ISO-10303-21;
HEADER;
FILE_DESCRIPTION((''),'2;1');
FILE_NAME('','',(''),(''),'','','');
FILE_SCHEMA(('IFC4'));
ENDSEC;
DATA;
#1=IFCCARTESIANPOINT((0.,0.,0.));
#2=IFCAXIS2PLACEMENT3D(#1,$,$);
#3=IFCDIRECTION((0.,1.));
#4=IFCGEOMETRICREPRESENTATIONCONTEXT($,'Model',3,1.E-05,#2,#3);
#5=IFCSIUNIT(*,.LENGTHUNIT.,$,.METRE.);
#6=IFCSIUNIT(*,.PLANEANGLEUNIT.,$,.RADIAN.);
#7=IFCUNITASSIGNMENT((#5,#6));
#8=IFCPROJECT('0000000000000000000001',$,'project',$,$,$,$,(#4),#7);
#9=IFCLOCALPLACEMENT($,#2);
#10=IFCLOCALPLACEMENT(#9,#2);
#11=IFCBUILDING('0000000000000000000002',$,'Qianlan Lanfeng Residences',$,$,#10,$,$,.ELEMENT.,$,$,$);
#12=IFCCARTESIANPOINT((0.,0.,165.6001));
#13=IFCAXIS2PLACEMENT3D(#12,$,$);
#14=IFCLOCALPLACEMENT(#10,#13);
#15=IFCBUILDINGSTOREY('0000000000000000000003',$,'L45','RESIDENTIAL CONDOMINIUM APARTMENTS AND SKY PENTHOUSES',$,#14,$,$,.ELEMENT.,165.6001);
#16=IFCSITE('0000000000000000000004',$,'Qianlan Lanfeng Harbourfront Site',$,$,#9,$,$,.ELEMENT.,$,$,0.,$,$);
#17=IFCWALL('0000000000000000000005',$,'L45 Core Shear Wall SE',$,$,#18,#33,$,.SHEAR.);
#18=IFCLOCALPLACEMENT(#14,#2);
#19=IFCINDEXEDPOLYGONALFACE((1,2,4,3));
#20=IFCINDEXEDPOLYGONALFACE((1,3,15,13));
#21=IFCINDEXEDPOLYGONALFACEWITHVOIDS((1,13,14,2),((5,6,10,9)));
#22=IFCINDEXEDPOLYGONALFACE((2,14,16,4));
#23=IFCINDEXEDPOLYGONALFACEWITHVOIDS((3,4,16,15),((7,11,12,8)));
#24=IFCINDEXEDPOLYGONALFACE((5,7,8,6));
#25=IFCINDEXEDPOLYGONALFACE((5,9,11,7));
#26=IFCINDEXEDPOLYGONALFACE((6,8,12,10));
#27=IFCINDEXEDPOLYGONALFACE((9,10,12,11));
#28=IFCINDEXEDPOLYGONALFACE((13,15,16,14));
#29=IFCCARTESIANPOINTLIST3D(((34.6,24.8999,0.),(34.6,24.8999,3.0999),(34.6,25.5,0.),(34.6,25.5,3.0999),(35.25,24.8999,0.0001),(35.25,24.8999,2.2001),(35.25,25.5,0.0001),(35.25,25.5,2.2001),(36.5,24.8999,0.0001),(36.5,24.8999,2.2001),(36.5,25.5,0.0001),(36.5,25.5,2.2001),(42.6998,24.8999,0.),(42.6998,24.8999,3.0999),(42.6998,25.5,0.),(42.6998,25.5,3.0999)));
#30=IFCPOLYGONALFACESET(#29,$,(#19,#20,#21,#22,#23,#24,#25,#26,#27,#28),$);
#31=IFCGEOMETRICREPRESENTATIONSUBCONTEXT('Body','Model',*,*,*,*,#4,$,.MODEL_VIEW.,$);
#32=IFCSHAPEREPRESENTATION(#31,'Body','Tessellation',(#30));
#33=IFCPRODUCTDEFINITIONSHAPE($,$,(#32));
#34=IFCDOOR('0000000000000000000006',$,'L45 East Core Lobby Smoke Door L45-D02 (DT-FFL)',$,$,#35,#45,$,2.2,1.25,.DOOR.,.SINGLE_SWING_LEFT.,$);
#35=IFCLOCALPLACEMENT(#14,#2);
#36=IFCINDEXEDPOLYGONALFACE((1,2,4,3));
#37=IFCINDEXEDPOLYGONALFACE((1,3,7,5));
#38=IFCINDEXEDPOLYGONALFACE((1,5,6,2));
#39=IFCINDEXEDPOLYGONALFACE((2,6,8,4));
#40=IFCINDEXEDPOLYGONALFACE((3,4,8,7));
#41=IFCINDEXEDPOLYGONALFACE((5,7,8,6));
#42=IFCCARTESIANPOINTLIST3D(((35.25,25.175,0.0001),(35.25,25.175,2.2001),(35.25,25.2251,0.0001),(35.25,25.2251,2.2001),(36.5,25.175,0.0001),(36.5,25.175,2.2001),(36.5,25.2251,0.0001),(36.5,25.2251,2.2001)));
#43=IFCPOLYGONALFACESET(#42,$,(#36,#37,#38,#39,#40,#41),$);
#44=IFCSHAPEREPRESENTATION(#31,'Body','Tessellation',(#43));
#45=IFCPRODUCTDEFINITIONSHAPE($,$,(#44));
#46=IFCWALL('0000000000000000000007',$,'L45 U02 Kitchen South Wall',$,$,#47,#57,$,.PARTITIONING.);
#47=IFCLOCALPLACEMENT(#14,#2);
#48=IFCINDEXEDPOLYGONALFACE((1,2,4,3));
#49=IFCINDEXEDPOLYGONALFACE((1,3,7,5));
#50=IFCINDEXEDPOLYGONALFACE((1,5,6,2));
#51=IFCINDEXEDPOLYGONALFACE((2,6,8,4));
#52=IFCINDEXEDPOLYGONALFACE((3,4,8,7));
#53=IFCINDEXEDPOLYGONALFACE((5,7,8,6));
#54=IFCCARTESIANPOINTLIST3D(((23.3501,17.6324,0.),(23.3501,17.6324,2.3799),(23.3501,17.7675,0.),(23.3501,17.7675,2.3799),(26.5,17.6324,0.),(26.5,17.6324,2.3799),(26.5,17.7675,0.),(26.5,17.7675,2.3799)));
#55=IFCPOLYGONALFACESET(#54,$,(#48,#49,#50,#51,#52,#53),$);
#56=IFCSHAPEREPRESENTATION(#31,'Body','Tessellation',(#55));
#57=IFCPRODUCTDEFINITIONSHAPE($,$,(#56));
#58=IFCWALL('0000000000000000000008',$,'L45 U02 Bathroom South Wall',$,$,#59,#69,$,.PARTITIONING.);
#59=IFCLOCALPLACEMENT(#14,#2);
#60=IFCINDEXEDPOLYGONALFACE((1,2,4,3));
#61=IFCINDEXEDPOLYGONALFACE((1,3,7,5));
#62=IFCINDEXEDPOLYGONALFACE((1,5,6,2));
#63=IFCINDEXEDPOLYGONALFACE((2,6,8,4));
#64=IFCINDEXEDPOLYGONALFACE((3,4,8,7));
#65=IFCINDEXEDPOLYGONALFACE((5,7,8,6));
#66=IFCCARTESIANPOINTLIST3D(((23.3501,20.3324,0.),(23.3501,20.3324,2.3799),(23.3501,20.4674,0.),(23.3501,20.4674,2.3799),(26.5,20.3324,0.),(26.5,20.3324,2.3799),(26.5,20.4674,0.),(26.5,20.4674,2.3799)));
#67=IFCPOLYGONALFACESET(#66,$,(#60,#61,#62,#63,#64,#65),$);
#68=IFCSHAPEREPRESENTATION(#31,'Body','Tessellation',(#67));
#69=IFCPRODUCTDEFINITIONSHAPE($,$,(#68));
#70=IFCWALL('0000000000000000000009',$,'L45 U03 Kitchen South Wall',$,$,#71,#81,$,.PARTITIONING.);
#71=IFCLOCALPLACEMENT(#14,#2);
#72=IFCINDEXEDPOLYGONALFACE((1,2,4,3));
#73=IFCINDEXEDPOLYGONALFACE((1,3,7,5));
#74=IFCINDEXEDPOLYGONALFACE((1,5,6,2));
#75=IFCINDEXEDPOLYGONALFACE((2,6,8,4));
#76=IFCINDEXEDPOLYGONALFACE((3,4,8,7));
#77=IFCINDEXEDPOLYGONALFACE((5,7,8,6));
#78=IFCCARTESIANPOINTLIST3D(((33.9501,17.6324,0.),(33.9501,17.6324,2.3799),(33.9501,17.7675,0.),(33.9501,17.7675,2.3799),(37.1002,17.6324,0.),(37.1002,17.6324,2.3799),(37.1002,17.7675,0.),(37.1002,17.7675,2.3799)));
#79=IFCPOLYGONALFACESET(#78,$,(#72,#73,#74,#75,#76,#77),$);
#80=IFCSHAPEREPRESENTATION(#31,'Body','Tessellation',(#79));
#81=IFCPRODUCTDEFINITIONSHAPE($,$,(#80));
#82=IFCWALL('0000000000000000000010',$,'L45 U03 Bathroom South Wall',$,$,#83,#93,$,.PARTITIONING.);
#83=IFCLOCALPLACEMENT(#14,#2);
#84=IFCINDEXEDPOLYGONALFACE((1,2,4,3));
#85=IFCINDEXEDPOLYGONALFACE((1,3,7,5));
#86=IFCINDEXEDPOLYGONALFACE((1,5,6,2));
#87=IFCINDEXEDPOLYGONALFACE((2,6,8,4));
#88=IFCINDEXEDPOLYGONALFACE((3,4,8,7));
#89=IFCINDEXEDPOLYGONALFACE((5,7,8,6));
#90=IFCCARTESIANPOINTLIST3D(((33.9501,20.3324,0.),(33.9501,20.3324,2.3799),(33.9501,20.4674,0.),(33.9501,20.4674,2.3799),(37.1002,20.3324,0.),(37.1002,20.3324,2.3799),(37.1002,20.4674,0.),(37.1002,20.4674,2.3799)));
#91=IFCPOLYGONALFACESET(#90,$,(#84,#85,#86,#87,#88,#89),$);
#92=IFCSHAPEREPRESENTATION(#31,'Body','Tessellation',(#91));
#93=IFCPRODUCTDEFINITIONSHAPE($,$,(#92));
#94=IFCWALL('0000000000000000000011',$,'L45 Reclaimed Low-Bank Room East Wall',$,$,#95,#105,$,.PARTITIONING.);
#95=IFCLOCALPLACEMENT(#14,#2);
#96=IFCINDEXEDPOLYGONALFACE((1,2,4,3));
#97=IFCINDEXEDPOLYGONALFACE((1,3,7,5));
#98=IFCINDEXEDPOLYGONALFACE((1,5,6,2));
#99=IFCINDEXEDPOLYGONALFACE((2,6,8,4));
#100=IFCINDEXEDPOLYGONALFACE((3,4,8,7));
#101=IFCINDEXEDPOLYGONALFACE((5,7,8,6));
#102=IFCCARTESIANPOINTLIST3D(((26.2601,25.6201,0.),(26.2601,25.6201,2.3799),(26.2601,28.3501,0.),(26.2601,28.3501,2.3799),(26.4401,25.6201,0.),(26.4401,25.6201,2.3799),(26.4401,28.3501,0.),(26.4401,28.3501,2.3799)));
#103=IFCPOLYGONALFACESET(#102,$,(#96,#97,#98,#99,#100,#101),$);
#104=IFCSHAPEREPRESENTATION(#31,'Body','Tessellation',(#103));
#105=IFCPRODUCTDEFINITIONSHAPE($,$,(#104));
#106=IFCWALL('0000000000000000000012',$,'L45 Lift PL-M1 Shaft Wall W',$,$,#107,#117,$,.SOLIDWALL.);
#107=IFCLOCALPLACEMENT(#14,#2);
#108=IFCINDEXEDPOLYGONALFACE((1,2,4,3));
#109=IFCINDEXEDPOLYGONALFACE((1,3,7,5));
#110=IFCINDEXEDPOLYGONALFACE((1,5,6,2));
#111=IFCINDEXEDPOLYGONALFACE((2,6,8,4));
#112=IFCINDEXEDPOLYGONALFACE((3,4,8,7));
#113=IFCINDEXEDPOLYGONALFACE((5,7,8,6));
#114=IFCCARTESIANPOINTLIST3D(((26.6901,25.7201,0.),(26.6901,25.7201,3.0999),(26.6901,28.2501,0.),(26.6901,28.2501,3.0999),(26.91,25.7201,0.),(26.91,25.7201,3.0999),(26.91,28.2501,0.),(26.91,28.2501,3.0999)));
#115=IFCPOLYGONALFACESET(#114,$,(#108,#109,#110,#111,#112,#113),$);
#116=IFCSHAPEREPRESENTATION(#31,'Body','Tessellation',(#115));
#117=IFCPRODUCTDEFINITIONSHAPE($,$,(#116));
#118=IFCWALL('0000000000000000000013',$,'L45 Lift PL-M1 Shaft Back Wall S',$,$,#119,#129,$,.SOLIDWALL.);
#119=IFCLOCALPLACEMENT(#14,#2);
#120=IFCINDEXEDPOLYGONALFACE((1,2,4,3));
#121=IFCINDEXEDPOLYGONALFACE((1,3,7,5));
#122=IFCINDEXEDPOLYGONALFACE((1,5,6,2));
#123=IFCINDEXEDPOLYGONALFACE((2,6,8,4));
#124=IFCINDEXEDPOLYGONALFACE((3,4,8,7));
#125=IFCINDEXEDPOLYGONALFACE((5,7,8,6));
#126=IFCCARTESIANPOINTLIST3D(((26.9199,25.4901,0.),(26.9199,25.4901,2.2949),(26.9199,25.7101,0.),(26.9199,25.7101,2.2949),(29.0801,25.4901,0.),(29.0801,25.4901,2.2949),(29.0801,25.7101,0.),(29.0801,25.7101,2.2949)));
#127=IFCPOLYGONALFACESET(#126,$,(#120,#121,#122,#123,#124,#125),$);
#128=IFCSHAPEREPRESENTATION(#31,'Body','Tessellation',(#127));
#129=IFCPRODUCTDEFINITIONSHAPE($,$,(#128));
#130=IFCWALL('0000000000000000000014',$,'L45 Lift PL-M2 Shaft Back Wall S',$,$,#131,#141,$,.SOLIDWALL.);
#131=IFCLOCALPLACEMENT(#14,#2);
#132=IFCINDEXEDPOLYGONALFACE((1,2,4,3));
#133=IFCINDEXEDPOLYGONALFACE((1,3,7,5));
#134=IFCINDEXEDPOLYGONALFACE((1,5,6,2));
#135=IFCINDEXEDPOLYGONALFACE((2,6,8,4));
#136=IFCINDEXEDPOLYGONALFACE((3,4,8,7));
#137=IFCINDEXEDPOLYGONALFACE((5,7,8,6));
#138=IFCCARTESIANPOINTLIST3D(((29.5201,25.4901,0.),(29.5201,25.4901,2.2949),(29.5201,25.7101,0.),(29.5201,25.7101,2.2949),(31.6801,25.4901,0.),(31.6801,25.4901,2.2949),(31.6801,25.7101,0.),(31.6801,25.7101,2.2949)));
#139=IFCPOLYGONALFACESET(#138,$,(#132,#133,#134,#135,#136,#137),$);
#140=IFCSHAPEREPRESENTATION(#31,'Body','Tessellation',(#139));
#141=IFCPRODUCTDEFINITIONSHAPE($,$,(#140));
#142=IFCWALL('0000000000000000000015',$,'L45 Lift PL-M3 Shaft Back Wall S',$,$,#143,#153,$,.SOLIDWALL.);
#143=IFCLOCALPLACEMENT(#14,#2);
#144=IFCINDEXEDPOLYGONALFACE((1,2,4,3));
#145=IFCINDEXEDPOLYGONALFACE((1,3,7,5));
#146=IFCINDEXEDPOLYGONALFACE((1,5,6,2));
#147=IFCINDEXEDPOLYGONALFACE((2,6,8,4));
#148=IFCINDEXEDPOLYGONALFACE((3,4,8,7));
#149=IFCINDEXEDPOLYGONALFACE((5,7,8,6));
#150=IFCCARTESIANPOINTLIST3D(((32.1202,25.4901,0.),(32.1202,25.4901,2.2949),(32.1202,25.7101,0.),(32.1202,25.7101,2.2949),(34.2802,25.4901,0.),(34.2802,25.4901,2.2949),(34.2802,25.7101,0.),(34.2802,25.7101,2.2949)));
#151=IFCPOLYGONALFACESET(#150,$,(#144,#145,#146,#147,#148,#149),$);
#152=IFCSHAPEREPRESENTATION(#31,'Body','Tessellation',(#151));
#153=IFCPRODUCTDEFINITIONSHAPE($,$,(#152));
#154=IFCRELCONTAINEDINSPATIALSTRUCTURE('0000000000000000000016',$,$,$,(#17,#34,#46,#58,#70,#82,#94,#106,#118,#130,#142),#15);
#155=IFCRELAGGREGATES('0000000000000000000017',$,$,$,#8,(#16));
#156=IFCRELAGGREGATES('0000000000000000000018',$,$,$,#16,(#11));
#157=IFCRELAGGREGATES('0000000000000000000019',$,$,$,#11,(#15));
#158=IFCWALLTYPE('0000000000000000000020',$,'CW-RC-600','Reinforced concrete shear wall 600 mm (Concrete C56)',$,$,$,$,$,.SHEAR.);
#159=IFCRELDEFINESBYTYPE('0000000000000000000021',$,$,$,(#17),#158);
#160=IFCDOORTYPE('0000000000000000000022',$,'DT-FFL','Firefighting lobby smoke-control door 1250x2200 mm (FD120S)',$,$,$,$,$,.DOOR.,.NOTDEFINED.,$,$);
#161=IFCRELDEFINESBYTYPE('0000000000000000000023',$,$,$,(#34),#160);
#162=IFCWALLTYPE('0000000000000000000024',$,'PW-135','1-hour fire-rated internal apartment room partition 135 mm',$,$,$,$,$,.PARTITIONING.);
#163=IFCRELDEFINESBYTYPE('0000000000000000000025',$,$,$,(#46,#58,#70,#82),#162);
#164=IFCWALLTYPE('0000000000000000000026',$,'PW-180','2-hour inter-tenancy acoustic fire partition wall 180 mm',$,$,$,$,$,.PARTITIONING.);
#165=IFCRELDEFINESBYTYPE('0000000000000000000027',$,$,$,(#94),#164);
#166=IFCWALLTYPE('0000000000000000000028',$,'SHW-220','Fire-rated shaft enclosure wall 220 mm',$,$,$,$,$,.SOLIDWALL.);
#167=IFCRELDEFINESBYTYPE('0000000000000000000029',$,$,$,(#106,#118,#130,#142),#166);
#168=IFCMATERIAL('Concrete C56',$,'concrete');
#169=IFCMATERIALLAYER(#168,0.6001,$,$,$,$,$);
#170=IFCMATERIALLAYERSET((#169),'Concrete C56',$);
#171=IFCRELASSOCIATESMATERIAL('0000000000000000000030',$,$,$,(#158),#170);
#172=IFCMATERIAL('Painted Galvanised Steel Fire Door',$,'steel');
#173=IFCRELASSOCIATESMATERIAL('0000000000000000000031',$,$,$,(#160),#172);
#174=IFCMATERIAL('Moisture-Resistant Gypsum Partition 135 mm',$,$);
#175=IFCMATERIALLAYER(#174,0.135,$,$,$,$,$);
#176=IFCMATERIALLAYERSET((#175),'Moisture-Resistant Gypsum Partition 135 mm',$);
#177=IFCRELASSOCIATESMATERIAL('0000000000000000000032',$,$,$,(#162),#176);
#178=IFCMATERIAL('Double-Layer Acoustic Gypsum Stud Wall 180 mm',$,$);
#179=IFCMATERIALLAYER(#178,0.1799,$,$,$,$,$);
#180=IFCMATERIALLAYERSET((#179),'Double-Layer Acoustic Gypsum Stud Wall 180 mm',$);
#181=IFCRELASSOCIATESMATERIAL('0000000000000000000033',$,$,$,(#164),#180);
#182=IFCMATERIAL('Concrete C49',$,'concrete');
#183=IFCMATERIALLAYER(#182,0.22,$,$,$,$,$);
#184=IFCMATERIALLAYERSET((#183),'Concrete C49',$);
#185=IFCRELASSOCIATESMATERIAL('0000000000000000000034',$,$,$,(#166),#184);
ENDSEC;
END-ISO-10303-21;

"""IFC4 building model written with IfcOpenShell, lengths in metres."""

from ifc_helpers import new_model, si_unit, direction, frame, frame_2d, origin, place, context, subcontext, project, spatial, rectangle, extrude, material, layer, layer_set, type_object, element, fill, save


model = new_model("IFC4")

# Units and contexts
model_context = context("Model", 3, precision=1e-05, world=origin(), true_north=direction((0.0, 1.0)))
body_context = subcontext(model_context, "Body", "Model", "MODEL_VIEW")
ifc_project = project(units=[si_unit("LENGTHUNIT", "METRE"), si_unit("PLANEANGLEUNIT", "RADIAN")], contexts=[model_context])

# Site, building, storey
site_placement = place(None, origin())
site = spatial("IfcSite", under=ifc_project, at=site_placement, Name="Qianlan Lanfeng Harbourfront Site", CompositionType="ELEMENT", RefElevation=0.0)
building_placement = place(site_placement, origin())
building = spatial("IfcBuilding", under=site, at=building_placement, Name="Qianlan Lanfeng Residences", CompositionType="ELEMENT")
storey_placement = place(building_placement, frame((0.0, 0.0, 165.6001)))
storey = spatial("IfcBuildingStorey", under=building, at=storey_placement, Name="L45", Description="RESIDENTIAL CONDOMINIUM APARTMENTS AND SKY PENTHOUSES", CompositionType="ELEMENT", Elevation=165.6001)

# Shared definitions
ifc_material_1 = material(Name="Concrete C49", Category="concrete")

# Wall, opening, door
ifc_material_2 = material(Name="Concrete C56", Category="concrete")
ifc_layer_1 = layer(ifc_material_2, 0.6001)
ifc_layer_set_1 = layer_set([ifc_layer_1], Name="Concrete C56")
wall_type_1 = type_object("IfcWallType", Name="CW-RC-600", Description="Reinforced concrete shear wall 600 mm (Concrete C56)", PredefinedType="SHEAR", material=ifc_layer_set_1)
wall_1_placement = place(storey_placement, frame((34.6001, 25.2, 0.0), z_axis=(0.0, 0.0, 1.0), x_axis=(1.0, 0.0, 0.0)))
wall_1 = element("IfcWall", 1, at=wall_1_placement, inside=storey, type_object=wall_type_1, Name="L45 Core Shear Wall SE", PredefinedType="SHEAR", context=body_context, shape_type="SweptSolid", body=[
    extrude(rectangle(XDim=8.0999, YDim=0.6001, at=frame_2d((4.0498, 0.0))), origin(), (0.0, 0.0, 1.0), 3.0999),
])
opening_1_placement = place(wall_1_placement, frame((0.6499, 0.0, 0.0)))
opening_1 = element("IfcOpeningElement", 2, at=opening_1_placement, cuts=wall_1, PredefinedType="OPENING", context=body_context, shape_type="SweptSolid", body=[
    extrude(rectangle(XDim=1.25, YDim=2.2, at=frame_2d((0.625, 1.1001))), frame((0.0, 0.3101, 0.0), z_axis=(0.0, -1.0, 0.0), x_axis=(1.0, 0.0, 0.0)), (0.0, 0.0, 1.0), 0.6201),
])
ifc_material_3 = material(Name="Painted Galvanised Steel Fire Door", Category="steel")
door_type_1 = type_object("IfcDoorType", Name="DT-FFL", Description="Firefighting lobby smoke-control door 1250x2200 mm (FD120S)", OperationType="NOTDEFINED", PredefinedType="DOOR", material=ifc_material_3)
door_1_placement = place(opening_1_placement, frame((1.25, 0.0, 0.0), z_axis=(0.0, 0.0, 1.0), x_axis=(-1.0, 0.0, 0.0)))
door_1 = element("IfcDoor", 3, at=door_1_placement, inside=storey, type_object=door_type_1, Name="L45 East Core Lobby Smoke Door L45-D02 (DT-FFL)", OperationType="SINGLE_SWING_LEFT", OverallHeight=2.2, OverallWidth=1.25, PredefinedType="DOOR", context=body_context, shape_type="SweptSolid", body=[
    extrude(rectangle(XDim=1.25, YDim=2.2, at=frame_2d((0.625, 1.1001))), frame((0.0, 0.0249, 0.0), z_axis=(0.0, -1.0, 0.0), x_axis=(1.0, 0.0, 0.0)), (0.0, 0.0, 1.0), 0.05),
])
fill(opening_1, door_1)

# Walls
ifc_material_4 = material(Name="Moisture-Resistant Gypsum Partition 135 mm")
ifc_layer_2 = layer(ifc_material_4, 0.135)
ifc_layer_set_2 = layer_set([ifc_layer_2], Name="Moisture-Resistant Gypsum Partition 135 mm")
wall_type_2 = type_object("IfcWallType", Name="PW-135", Description="1-hour fire-rated internal apartment room partition 135 mm", PredefinedType="PARTITIONING", material=ifc_layer_set_2)
for number, where, z_axis, x_axis, name in (
    (4, (23.3501, 17.7, 0.0), (0.0, 0.0, 1.0), (1.0, 0.0, 0.0), "L45 U02 Kitchen South Wall"),
    (5, (23.3501, 20.3999, 0.0), (0.0, 0.0, 1.0), (1.0, 0.0, 0.0), "L45 U02 Bathroom South Wall"),
):
    element("IfcWall", number, at=place(storey_placement, frame(where, z_axis=z_axis, x_axis=x_axis)), inside=storey, type_object=wall_type_2, Name=name, PredefinedType="PARTITIONING", context=body_context, shape_type="SweptSolid", body=[
        extrude(rectangle(XDim=3.1499, YDim=0.135, at=frame_2d((1.575, 0.0))), origin(), (0.0, 0.0, 1.0), 2.3799),
    ])
for number, where, z_axis, x_axis, name in (
    (6, (33.95, 17.7, 0.0), (0.0, 0.0, 1.0), (1.0, 0.0, 0.0), "L45 U03 Kitchen South Wall"),
    (7, (33.95, 20.3999, 0.0), (0.0, 0.0, 1.0), (1.0, 0.0, 0.0), "L45 U03 Bathroom South Wall"),
):
    element("IfcWall", number, at=place(storey_placement, frame(where, z_axis=z_axis, x_axis=x_axis)), inside=storey, type_object=wall_type_2, Name=name, PredefinedType="PARTITIONING", context=body_context, shape_type="SweptSolid", body=[
        extrude(rectangle(XDim=3.1501, YDim=0.135, at=frame_2d((1.5752, 0.0))), origin(), (0.0, 0.0, 1.0), 2.3799),
    ])
ifc_material_5 = material(Name="Double-Layer Acoustic Gypsum Stud Wall 180 mm")
ifc_layer_3 = layer(ifc_material_5, 0.1799)
ifc_layer_set_3 = layer_set([ifc_layer_3], Name="Double-Layer Acoustic Gypsum Stud Wall 180 mm")
wall_type_3 = type_object("IfcWallType", Name="PW-180", Description="2-hour inter-tenancy acoustic fire partition wall 180 mm", PredefinedType="PARTITIONING", material=ifc_layer_set_3)
wall_2_placement = place(storey_placement, frame((26.3501, 25.6201, 0.0), z_axis=(0.0, 0.0, 1.0), x_axis=(0.0, 1.0, 0.0)))
element("IfcWall", 8, at=wall_2_placement, inside=storey, type_object=wall_type_3, Name="L45 Reclaimed Low-Bank Room East Wall", PredefinedType="PARTITIONING", context=body_context, shape_type="SweptSolid", body=[
    extrude(rectangle(XDim=2.73, YDim=0.1799, at=frame_2d((1.365, 0.0))), origin(), (0.0, 0.0, 1.0), 2.3799),
])
ifc_layer_4 = layer(ifc_material_1, 0.22)
ifc_layer_set_4 = layer_set([ifc_layer_4], Name="Concrete C49")
wall_type_4 = type_object("IfcWallType", Name="SHW-220", Description="Fire-rated shaft enclosure wall 220 mm", PredefinedType="SOLIDWALL", material=ifc_layer_set_4)
wall_3_placement = place(storey_placement, frame((26.8, 25.72, 0.0), z_axis=(0.0, 0.0, 1.0), x_axis=(0.0, 1.0, 0.0)))
element("IfcWall", 9, at=wall_3_placement, inside=storey, type_object=wall_type_4, Name="L45 Lift PL-M1 Shaft Wall W", PredefinedType="SOLIDWALL", context=body_context, shape_type="SweptSolid", body=[
    extrude(rectangle(XDim=2.53, YDim=0.22, at=frame_2d((1.2651, 0.0))), origin(), (0.0, 0.0, 1.0), 3.0999),
])
wall_4_placement = place(storey_placement, frame((26.9199, 25.6001, 0.0), z_axis=(0.0, 0.0, 1.0), x_axis=(1.0, 0.0, 0.0)))
element("IfcWall", 10, at=wall_4_placement, inside=storey, type_object=wall_type_4, Name="L45 Lift PL-M1 Shaft Back Wall S", PredefinedType="SOLIDWALL", context=body_context, shape_type="SweptSolid", body=[
    extrude(rectangle(XDim=2.1602, YDim=0.22, at=frame_2d((1.0801, 0.0))), origin(), (0.0, 0.0, 1.0), 2.2949),
])
for number, where, z_axis, x_axis, name in (
    (11, (29.52, 25.6001, 0.0), (0.0, 0.0, 1.0), (1.0, 0.0, 0.0), "L45 Lift PL-M2 Shaft Back Wall S"),
    (12, (32.1201, 25.6001, 0.0), (0.0, 0.0, 1.0), (1.0, 0.0, 0.0), "L45 Lift PL-M3 Shaft Back Wall S"),
):
    element("IfcWall", number, at=place(storey_placement, frame(where, z_axis=z_axis, x_axis=x_axis)), inside=storey, type_object=wall_type_4, Name=name, PredefinedType="SOLIDWALL", context=body_context, shape_type="SweptSolid", body=[
        extrude(rectangle(XDim=2.1599, YDim=0.22, at=frame_2d((1.0801, 0.0))), origin(), (0.0, 0.0, 1.0), 2.2949),
    ])

save(model, "model.ifc")
